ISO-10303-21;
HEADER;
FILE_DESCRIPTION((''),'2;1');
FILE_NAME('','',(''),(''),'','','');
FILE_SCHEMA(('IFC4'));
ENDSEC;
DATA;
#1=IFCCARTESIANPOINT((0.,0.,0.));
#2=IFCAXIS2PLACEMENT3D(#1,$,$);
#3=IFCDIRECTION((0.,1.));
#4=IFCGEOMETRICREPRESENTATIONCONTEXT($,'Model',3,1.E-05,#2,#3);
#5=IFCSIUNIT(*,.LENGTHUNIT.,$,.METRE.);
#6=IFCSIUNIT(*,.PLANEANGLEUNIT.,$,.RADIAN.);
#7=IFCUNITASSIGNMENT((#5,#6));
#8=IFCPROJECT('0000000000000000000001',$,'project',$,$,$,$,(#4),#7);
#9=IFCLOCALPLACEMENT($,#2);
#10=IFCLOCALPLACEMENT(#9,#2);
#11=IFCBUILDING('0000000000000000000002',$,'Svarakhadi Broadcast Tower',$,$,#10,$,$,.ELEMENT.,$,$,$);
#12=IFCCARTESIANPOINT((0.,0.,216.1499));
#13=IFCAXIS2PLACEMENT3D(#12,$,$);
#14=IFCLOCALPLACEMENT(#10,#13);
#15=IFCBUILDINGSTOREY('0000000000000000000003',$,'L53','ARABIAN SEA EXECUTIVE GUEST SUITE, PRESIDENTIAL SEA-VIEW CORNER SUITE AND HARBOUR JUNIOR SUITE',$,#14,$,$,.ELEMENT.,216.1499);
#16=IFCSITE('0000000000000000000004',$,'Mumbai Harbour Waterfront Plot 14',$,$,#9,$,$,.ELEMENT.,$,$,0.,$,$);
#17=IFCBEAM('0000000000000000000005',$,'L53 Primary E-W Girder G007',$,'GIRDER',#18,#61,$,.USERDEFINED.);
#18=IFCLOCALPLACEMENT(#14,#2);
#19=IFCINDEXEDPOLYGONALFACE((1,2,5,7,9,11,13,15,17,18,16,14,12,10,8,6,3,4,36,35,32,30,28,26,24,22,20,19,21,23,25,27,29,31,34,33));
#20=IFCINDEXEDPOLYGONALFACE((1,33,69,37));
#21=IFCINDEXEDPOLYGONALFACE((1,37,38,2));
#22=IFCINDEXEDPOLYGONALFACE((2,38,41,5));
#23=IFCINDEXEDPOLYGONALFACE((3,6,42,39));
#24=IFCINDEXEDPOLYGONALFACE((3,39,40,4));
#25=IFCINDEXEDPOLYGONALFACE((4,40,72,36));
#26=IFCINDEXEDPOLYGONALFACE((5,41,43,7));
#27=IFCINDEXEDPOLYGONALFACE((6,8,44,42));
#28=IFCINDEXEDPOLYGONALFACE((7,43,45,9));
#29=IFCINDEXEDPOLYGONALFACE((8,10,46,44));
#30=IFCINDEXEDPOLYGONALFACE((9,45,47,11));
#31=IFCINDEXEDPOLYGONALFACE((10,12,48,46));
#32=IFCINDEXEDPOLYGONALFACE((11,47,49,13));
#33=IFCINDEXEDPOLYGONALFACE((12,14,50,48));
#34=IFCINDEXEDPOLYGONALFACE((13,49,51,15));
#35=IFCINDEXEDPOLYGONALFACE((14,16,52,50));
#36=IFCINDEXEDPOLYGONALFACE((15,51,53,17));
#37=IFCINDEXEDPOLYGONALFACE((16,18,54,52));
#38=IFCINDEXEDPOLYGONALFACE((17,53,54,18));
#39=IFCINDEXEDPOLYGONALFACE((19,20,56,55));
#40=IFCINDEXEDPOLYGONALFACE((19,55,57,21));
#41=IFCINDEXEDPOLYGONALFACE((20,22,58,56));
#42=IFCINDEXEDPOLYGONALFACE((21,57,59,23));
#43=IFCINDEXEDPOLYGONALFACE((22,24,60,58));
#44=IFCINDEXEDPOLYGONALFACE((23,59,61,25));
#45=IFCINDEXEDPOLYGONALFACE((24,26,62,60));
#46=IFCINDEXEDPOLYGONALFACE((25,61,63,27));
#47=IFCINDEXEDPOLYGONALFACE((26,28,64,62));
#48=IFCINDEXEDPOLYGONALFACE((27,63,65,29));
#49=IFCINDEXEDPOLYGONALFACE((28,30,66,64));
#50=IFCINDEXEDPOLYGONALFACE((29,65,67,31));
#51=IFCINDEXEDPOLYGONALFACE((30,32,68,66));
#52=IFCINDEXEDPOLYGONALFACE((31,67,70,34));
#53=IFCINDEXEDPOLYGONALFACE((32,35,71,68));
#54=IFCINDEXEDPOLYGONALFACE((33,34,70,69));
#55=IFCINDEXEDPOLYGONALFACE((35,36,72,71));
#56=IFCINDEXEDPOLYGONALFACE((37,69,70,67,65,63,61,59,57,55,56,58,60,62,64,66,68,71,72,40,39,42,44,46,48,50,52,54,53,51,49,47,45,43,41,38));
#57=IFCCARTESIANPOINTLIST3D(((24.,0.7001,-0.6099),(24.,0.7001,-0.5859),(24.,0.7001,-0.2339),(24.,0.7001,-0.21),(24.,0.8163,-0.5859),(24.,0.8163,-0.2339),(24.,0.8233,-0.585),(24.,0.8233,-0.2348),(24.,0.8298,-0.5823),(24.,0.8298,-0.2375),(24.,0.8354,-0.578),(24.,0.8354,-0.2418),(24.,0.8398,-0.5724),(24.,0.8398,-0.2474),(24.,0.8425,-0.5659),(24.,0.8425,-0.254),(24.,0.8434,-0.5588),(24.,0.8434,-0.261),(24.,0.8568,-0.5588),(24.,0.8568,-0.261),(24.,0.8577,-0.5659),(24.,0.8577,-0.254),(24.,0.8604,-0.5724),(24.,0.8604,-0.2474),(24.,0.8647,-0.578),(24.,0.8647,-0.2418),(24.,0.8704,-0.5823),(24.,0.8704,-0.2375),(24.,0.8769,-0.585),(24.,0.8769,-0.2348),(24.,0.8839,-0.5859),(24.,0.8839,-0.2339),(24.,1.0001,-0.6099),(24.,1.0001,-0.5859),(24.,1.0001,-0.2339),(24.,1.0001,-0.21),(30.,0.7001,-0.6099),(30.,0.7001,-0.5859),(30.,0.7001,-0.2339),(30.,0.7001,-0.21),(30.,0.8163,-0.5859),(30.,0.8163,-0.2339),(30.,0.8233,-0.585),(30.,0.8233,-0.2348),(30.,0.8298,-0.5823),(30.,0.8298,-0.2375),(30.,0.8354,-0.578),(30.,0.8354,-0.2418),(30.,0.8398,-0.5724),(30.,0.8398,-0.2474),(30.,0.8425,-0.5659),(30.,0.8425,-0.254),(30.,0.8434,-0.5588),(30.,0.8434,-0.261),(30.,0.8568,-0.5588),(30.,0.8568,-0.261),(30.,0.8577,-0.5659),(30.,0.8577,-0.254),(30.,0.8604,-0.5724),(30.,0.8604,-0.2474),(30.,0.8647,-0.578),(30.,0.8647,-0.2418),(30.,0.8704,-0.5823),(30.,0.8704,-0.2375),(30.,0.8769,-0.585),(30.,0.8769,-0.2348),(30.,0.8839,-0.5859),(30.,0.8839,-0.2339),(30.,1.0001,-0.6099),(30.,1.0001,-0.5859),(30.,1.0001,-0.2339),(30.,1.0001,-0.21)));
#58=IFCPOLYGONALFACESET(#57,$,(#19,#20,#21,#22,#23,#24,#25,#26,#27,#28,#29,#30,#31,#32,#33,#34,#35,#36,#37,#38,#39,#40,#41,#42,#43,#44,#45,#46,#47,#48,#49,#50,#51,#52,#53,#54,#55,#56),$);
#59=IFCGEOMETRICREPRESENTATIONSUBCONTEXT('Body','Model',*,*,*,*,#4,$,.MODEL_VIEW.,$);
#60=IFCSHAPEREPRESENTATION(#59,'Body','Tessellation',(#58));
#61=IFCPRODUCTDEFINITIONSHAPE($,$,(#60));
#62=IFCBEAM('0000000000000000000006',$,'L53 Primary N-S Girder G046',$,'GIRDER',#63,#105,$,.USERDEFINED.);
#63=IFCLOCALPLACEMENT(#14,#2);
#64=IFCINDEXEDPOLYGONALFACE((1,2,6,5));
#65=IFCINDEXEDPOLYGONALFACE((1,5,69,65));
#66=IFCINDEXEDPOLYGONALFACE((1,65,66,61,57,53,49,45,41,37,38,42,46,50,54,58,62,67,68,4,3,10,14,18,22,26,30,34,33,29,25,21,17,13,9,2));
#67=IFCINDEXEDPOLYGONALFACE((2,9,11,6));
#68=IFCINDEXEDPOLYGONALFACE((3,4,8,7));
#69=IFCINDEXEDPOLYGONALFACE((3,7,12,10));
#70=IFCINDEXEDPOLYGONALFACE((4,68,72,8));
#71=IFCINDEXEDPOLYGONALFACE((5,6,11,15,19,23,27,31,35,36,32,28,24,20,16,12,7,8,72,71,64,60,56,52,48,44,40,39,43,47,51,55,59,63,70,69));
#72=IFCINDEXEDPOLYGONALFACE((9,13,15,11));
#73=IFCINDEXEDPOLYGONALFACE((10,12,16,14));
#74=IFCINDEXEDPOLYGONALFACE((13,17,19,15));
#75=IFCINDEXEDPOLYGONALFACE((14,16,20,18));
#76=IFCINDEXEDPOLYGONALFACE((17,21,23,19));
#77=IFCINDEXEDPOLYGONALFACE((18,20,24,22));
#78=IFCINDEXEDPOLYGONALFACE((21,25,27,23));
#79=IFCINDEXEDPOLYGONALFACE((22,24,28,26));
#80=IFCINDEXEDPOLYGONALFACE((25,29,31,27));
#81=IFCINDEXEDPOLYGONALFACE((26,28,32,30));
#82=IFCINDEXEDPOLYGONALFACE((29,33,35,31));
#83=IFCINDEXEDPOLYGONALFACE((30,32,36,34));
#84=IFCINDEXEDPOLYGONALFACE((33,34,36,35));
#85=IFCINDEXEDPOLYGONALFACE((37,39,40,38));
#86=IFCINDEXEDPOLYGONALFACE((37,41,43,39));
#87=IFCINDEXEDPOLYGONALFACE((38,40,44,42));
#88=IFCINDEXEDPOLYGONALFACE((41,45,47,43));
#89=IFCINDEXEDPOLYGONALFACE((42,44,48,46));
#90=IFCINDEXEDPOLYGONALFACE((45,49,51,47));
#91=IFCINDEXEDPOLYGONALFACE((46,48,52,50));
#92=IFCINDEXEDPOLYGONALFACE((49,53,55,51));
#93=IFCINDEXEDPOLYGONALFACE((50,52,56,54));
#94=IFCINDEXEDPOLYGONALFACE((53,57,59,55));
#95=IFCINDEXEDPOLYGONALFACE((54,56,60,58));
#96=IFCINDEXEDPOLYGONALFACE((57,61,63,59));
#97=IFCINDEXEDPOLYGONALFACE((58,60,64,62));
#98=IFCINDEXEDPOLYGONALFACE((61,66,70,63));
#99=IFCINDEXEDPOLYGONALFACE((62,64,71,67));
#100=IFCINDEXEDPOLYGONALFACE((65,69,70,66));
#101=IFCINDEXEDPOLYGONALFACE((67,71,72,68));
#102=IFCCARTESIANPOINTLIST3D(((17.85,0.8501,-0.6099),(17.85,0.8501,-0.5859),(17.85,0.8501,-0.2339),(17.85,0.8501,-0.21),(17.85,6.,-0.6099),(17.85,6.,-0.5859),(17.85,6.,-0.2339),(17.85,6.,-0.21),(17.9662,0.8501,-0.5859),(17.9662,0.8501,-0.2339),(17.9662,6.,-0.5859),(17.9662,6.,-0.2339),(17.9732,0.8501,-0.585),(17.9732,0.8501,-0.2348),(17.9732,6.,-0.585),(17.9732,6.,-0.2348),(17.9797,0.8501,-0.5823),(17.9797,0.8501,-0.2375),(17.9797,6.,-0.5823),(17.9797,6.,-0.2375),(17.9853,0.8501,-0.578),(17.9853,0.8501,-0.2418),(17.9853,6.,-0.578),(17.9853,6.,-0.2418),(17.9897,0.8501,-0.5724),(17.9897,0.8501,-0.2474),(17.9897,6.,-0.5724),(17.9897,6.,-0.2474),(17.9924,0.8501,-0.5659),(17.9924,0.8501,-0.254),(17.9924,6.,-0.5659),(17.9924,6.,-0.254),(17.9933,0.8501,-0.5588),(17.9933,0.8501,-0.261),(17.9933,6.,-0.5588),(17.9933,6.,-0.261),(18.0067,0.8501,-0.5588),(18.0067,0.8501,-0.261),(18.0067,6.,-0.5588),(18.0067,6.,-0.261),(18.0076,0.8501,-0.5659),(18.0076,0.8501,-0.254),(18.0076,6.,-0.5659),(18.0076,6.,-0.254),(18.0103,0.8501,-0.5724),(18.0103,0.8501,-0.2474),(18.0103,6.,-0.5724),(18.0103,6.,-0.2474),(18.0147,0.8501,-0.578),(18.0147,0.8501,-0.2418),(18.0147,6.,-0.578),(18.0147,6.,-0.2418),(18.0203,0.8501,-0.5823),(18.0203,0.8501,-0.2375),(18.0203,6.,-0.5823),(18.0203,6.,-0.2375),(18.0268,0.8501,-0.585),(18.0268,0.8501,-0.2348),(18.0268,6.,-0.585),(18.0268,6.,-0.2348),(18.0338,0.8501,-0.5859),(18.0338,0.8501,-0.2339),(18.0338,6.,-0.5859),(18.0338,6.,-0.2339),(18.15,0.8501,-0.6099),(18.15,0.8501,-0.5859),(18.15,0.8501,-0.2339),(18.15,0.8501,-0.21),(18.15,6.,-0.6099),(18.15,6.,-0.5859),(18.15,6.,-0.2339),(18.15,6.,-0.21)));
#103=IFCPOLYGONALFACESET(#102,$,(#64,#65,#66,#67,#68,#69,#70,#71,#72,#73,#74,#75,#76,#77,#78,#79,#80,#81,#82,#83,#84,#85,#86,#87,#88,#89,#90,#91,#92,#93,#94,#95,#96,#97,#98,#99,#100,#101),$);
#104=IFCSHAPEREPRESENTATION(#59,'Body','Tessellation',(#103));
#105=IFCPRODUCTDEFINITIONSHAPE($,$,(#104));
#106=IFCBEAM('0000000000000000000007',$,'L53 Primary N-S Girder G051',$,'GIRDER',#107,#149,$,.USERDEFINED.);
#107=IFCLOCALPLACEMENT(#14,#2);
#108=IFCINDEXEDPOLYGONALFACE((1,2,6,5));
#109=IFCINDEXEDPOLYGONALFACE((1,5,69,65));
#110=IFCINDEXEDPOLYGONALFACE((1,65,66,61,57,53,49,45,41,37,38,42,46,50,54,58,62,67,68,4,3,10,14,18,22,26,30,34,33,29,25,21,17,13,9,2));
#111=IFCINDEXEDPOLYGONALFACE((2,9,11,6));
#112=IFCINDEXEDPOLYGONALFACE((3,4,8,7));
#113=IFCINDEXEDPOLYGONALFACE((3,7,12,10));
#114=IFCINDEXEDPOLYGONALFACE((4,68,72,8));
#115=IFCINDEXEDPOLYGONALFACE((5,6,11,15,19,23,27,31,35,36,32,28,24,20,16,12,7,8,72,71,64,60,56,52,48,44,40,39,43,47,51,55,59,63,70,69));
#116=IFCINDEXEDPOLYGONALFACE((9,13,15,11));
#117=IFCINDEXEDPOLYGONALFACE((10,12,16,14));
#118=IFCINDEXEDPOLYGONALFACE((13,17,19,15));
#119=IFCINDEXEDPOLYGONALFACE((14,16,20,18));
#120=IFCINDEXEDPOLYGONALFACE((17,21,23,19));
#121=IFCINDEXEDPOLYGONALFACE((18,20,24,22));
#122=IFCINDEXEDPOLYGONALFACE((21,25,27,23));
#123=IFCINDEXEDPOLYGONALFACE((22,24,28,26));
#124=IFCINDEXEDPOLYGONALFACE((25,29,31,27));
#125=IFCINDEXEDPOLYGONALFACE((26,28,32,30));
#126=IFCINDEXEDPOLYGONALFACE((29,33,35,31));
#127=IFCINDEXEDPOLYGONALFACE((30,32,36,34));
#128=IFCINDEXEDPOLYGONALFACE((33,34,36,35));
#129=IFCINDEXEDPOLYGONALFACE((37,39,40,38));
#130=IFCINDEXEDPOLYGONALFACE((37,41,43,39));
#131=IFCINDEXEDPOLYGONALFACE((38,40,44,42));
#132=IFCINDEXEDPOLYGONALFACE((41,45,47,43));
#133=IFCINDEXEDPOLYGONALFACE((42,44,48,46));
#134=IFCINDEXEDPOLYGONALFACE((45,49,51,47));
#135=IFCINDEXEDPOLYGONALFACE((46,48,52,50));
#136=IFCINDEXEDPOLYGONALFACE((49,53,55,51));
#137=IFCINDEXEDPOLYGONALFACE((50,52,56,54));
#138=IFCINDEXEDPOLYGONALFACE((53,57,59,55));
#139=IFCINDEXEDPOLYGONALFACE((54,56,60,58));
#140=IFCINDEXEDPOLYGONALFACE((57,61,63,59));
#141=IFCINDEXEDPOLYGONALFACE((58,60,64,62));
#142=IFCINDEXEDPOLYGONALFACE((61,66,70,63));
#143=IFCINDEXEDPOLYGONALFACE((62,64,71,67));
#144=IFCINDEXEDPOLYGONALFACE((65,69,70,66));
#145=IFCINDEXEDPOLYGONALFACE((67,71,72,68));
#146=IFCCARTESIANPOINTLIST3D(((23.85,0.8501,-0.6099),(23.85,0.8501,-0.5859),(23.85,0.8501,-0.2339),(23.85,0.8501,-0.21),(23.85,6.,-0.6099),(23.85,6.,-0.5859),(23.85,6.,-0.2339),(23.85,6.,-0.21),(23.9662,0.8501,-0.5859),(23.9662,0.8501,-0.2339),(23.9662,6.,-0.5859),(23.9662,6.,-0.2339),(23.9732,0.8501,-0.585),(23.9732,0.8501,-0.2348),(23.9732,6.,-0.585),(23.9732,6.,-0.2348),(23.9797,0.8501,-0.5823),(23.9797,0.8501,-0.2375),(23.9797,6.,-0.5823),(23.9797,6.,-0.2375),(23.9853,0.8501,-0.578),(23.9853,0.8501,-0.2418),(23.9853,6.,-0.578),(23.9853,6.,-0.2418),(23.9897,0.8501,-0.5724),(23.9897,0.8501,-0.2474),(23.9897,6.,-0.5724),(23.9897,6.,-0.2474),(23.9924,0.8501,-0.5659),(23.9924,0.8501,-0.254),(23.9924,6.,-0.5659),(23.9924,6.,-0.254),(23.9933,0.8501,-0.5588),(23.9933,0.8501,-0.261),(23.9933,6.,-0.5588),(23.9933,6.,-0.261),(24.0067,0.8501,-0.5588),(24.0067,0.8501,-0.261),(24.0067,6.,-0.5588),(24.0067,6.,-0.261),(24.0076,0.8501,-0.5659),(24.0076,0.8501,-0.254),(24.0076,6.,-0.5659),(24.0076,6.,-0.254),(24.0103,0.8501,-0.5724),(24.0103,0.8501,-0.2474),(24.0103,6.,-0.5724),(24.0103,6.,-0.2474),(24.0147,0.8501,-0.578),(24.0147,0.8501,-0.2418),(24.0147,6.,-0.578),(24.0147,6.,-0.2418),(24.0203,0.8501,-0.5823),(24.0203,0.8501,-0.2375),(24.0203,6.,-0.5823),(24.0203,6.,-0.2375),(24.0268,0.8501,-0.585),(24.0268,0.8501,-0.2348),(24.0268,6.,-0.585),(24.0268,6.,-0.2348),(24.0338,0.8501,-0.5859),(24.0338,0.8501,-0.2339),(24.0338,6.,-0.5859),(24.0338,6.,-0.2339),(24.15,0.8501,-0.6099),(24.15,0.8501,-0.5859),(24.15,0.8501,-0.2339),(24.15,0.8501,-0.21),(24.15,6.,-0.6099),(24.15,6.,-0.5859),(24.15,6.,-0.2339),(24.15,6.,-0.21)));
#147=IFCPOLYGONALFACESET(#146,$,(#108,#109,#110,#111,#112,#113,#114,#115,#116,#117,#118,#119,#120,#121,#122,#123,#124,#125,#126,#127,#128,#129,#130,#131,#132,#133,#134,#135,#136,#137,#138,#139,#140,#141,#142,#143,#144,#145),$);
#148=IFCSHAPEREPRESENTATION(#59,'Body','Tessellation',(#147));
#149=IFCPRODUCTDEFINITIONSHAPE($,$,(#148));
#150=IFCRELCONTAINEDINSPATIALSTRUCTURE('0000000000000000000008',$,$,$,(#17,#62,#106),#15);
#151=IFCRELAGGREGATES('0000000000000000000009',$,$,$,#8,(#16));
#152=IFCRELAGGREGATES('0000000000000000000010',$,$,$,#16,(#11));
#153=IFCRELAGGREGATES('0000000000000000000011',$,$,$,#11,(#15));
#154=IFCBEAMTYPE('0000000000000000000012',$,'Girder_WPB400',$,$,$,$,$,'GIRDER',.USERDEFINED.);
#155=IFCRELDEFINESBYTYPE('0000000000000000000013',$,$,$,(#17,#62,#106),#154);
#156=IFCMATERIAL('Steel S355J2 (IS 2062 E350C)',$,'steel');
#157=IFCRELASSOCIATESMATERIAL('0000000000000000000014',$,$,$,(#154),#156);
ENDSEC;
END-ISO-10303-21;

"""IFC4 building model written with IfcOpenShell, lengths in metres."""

from ifc_helpers import new_model, si_unit, direction, frame, origin, origin_2d, place, context, subcontext, project, spatial, i_section, extrude, material, material_profile, profile_set, type_object, element, save


model = new_model("IFC4")

# Units and contexts
model_context = context("Model", 3, precision=1e-05, world=origin(), true_north=direction((0.0, 1.0)))
body_context = subcontext(model_context, "Body", "Model", "MODEL_VIEW")
ifc_project = project(units=[si_unit("LENGTHUNIT", "METRE"), si_unit("PLANEANGLEUNIT", "RADIAN")], contexts=[model_context])

# Site, building, storey
site_placement = place(None, origin())
site = spatial("IfcSite", under=ifc_project, at=site_placement, Name="Mumbai Harbour Waterfront Plot 14", CompositionType="ELEMENT", RefElevation=0.0)
building_placement = place(site_placement, origin())
building = spatial("IfcBuilding", under=site, at=building_placement, Name="Svarakhadi Broadcast Tower", CompositionType="ELEMENT")
storey_placement = place(building_placement, frame((0.0, 0.0, 216.1499)))
storey = spatial("IfcBuildingStorey", under=building, at=storey_placement, Name="L53", Description="ARABIAN SEA EXECUTIVE GUEST SUITE, PRESIDENTIAL SEA-VIEW CORNER SUITE AND HARBOUR JUNIOR SUITE", CompositionType="ELEMENT", Elevation=216.1499)

# Beams
ifc_material_1 = material(Name="Steel S355J2 (IS 2062 E350C)", Category="steel")
ifc_material_profile_1 = material_profile(ifc_material_1, i_section(OverallWidth=0.3, OverallDepth=0.3999, WebThickness=0.0134, FlangeThickness=0.0239, FilletRadius=0.0271, at=origin_2d()), Name="WPB 400x300x155")
ifc_profile_set_1 = profile_set([ifc_material_profile_1], Name="Steel S355J2 (IS 2062 E350C)")
beam_type_1 = type_object("IfcBeamType", Name="Girder_WPB400", ElementType="GIRDER", PredefinedType="USERDEFINED", material=ifc_profile_set_1)
for number, where, z_axis, x_axis, name in (
    (1, (24.0, 0.8501, -0.4099), (1.0, 0.0, 0.0), (0.0, 1.0, 0.0), "L53 Primary E-W Girder G007"),
):
    element("IfcBeam", number, at=place(storey_placement, frame(where, z_axis=z_axis, x_axis=x_axis)), inside=storey, type_object=beam_type_1, Name=name, ObjectType="GIRDER", PredefinedType="USERDEFINED", context=body_context, shape_type="SweptSolid", body=[
        extrude(i_section(OverallWidth=0.3, OverallDepth=0.3999, WebThickness=0.0134, FlangeThickness=0.0239, FilletRadius=0.0271, at=origin_2d()), origin(), (0.0, 0.0, 1.0), 6.0),
    ])
for number, where, z_axis, x_axis, name in (
    (2, (18.0, 0.8501, -0.4099), (0.0, 1.0, 0.0), (-1.0, 0.0, 0.0), "L53 Primary N-S Girder G046"),
    (3, (24.0, 0.8501, -0.4099), (0.0, 1.0, 0.0), (-1.0, 0.0, 0.0), "L53 Primary N-S Girder G051"),
):
    element("IfcBeam", number, at=place(storey_placement, frame(where, z_axis=z_axis, x_axis=x_axis)), inside=storey, type_object=beam_type_1, Name=name, ObjectType="GIRDER", PredefinedType="USERDEFINED", context=body_context, shape_type="SweptSolid", body=[
        extrude(i_section(OverallWidth=0.3, OverallDepth=0.3999, WebThickness=0.0134, FlangeThickness=0.0239, FilletRadius=0.0271, at=origin_2d()), origin(), (0.0, 0.0, 1.0), 5.1499),
    ])

save(model, "model.ifc")
